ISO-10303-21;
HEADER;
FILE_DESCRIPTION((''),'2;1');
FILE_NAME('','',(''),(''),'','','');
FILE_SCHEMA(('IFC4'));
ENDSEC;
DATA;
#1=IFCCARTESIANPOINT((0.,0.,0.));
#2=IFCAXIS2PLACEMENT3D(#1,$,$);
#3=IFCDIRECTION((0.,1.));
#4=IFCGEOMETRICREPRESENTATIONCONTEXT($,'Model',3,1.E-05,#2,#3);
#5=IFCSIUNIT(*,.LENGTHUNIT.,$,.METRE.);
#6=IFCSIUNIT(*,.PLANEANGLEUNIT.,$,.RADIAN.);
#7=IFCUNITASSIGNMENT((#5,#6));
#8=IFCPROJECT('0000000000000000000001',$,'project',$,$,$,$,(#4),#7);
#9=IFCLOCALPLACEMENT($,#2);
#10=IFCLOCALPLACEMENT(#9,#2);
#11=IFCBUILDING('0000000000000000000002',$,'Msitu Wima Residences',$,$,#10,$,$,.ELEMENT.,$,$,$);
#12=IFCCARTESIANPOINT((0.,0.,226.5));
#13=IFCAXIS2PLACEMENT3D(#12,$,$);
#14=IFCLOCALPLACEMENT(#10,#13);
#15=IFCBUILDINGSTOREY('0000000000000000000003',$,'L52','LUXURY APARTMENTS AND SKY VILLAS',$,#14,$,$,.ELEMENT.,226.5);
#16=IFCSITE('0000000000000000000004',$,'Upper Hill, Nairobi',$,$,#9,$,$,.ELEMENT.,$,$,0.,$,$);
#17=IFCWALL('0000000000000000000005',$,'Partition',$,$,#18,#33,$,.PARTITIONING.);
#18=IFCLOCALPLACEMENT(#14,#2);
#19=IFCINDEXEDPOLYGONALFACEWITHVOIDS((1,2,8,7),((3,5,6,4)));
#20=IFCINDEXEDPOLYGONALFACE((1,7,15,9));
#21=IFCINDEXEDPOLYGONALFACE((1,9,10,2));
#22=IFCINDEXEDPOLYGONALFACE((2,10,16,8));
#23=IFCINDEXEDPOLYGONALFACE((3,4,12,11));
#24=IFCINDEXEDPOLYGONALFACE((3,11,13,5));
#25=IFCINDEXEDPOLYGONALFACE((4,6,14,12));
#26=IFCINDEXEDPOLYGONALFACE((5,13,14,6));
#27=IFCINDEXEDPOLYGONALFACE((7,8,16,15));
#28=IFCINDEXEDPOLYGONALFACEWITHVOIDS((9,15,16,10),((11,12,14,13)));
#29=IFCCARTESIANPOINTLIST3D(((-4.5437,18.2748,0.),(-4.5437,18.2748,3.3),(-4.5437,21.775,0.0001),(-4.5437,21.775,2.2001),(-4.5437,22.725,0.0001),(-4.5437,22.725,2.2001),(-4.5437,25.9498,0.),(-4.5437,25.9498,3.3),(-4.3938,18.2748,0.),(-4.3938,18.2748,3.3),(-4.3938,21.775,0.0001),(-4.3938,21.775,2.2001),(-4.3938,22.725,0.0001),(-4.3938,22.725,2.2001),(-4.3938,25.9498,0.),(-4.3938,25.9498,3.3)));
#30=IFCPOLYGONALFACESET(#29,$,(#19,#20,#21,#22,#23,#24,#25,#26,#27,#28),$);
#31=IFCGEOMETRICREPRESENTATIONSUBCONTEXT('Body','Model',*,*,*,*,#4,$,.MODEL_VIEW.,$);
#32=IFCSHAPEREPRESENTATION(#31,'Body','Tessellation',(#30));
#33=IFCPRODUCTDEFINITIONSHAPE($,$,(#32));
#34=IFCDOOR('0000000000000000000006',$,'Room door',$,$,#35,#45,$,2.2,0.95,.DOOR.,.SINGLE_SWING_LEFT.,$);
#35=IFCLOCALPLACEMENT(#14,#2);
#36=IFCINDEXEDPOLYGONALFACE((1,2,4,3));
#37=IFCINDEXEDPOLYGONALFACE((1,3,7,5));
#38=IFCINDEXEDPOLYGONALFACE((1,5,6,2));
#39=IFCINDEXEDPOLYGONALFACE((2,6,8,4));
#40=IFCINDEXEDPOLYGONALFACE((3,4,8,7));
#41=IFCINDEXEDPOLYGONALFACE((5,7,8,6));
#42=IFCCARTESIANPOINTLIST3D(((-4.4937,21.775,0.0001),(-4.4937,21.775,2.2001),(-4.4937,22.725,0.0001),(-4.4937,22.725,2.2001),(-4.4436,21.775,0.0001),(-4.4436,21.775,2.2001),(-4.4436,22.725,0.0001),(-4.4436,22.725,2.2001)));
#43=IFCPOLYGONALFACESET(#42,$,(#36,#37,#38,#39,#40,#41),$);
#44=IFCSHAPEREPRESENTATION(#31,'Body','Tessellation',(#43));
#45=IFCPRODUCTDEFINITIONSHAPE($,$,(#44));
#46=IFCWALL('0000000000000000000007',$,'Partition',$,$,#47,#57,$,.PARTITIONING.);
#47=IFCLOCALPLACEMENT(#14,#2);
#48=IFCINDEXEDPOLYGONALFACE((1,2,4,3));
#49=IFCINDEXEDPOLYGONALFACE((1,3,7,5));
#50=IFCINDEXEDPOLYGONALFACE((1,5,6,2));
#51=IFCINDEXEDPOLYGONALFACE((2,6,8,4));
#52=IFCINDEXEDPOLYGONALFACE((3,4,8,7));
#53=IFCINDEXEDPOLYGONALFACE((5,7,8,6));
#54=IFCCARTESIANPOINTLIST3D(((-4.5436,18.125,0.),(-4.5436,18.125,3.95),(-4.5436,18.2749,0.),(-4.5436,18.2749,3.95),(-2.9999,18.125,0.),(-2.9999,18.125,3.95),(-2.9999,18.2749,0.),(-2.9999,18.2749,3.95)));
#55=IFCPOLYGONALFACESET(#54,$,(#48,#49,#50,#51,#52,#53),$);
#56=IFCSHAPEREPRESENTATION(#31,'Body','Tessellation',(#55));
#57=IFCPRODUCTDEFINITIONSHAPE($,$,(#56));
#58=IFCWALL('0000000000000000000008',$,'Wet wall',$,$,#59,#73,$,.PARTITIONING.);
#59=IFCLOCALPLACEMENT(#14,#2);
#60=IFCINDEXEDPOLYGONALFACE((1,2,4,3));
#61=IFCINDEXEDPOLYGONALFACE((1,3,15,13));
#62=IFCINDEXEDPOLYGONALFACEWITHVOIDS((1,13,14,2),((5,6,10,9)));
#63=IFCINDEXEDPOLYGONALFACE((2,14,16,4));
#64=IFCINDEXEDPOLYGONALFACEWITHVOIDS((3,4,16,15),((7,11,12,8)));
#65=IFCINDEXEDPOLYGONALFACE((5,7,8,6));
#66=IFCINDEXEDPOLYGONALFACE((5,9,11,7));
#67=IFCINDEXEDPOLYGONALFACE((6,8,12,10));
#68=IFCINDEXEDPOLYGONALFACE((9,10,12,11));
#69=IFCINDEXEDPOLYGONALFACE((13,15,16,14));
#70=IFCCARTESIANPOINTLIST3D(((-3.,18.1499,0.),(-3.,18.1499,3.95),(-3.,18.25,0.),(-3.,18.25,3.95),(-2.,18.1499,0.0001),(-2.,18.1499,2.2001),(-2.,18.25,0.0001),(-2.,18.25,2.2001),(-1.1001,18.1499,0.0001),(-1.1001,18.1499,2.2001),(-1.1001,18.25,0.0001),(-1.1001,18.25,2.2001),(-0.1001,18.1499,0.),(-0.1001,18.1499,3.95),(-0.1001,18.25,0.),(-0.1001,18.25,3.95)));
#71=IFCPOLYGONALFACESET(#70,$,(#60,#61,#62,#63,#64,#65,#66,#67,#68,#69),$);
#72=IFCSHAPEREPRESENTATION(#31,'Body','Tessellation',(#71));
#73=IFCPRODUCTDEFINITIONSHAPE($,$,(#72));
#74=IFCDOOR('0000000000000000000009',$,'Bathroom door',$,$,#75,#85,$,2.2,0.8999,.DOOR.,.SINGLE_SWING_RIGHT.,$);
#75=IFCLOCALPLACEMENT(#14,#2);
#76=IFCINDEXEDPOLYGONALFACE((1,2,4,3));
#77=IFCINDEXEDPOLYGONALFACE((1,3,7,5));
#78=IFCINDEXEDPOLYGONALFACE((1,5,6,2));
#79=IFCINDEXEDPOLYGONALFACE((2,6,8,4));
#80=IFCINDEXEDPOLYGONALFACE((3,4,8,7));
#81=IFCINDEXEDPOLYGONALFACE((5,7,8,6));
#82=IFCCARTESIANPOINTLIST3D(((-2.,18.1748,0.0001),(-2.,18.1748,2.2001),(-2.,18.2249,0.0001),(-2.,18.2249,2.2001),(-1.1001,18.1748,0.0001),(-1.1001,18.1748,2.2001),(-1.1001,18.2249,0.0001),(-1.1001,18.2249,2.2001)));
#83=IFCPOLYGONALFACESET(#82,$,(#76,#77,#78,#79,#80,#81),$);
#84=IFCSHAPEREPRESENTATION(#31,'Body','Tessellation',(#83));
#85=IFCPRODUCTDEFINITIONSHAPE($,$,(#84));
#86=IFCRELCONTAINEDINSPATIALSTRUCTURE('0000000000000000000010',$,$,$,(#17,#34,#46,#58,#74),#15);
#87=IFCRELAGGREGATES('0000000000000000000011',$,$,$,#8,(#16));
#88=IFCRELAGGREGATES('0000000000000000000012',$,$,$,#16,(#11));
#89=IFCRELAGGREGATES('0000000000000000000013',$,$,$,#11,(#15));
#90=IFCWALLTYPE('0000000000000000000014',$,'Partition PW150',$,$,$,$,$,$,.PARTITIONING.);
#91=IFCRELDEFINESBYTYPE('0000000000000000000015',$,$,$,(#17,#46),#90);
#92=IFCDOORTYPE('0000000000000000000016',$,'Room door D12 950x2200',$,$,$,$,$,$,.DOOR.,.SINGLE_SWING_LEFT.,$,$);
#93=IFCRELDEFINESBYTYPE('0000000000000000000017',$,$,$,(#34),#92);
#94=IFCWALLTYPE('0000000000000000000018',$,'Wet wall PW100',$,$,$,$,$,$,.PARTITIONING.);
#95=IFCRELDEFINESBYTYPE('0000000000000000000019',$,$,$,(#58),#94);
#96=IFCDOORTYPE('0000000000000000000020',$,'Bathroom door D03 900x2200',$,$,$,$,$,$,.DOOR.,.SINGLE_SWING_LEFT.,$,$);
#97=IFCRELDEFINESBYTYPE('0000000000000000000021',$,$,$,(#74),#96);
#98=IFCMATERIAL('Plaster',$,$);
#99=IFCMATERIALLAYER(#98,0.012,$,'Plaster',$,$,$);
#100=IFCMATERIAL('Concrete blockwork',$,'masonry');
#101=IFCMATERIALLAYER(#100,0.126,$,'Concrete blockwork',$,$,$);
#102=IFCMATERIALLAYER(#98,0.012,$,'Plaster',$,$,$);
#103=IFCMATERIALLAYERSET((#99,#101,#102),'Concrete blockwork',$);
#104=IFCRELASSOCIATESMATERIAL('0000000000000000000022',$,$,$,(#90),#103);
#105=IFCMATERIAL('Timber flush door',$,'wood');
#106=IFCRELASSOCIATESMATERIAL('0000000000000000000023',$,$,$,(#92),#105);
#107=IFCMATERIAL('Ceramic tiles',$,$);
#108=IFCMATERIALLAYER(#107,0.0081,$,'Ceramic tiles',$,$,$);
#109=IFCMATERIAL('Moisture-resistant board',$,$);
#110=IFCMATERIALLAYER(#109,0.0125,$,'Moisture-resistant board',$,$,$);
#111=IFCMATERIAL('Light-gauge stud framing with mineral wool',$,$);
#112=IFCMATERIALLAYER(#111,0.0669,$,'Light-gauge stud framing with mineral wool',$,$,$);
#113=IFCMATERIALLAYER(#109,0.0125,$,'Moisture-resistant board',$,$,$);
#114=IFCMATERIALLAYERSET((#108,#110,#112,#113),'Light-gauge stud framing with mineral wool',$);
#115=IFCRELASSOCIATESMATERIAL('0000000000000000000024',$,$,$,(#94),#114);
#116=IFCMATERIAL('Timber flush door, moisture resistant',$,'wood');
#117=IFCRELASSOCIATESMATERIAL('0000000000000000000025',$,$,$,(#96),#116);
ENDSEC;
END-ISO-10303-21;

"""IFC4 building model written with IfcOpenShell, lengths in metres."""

from ifc_helpers import new_model, si_unit, direction, frame, frame_2d, origin, place, context, subcontext, project, spatial, rectangle, extrude, material, layer, layer_set, type_object, element, fill, save


model = new_model("IFC4")

# Units and contexts
model_context = context("Model", 3, precision=1e-05, world=origin(), true_north=direction((0.0, 1.0)))
body_context = subcontext(model_context, "Body", "Model", "MODEL_VIEW")
ifc_project = project(units=[si_unit("LENGTHUNIT", "METRE"), si_unit("PLANEANGLEUNIT", "RADIAN")], contexts=[model_context])

# Site, building, storey
site_placement = place(None, origin())
site = spatial("IfcSite", under=ifc_project, at=site_placement, Name="Upper Hill, Nairobi", CompositionType="ELEMENT", RefElevation=0.0)
building_placement = place(site_placement, origin())
building = spatial("IfcBuilding", under=site, at=building_placement, Name="Msitu Wima Residences", CompositionType="ELEMENT")
storey_placement = place(building_placement, frame((0.0, 0.0, 226.5)))
storey = spatial("IfcBuildingStorey", under=building, at=storey_placement, Name="L52", Description="LUXURY APARTMENTS AND SKY VILLAS", CompositionType="ELEMENT", Elevation=226.5)

# Shared definitions
ifc_material_1 = material(Name="Plaster")
ifc_material_2 = material(Name="Concrete blockwork", Category="masonry")

# Shared definitions
ifc_layer_1 = layer(ifc_material_1, 0.012, Name="Plaster")
ifc_layer_2 = layer(ifc_material_2, 0.126, Name="Concrete blockwork")
ifc_layer_3 = layer(ifc_material_1, 0.012, Name="Plaster")
ifc_layer_set_1 = layer_set([ifc_layer_1, ifc_layer_2, ifc_layer_3], Name="Concrete blockwork")
wall_type_1 = type_object("IfcWallType", Name="Partition PW150", PredefinedType="PARTITIONING", material=ifc_layer_set_1)

# Shared definitions
ifc_material_3 = material(Name="Timber flush door", Category="wood")
door_type_1 = type_object("IfcDoorType", Name="Room door D12 950x2200", OperationType="SINGLE_SWING_LEFT", PredefinedType="DOOR", material=ifc_material_3)

# Wall, opening, door
wall_1_placement = place(storey_placement, frame((-4.4688, 18.2749, 0.0), z_axis=(0.0, 0.0, 1.0), x_axis=(0.0, 1.0, 0.0)))
wall_1 = element("IfcWall", 1, at=wall_1_placement, inside=storey, type_object=wall_type_1, Name="Partition", PredefinedType="PARTITIONING", context=body_context, shape_type="SweptSolid", body=[
    extrude(rectangle(XDim=7.675, YDim=0.1499, at=frame_2d((3.8374, 0.0))), origin(), (0.0, 0.0, 1.0), 3.3),
])
opening_1_placement = place(wall_1_placement, frame((3.5, 0.0, 0.0)))
opening_1 = element("IfcOpeningElement", 2, at=opening_1_placement, cuts=wall_1, PredefinedType="OPENING", context=body_context, shape_type="SweptSolid", body=[
    extrude(rectangle(XDim=0.95, YDim=2.2, at=frame_2d((0.4751, 1.1001))), frame((0.0, 0.085, 0.0), z_axis=(0.0, -1.0, 0.0), x_axis=(1.0, 0.0, 0.0)), (0.0, 0.0, 1.0), 0.1699),
])
door_1_placement = place(opening_1_placement, origin())
door_1 = element("IfcDoor", 3, at=door_1_placement, inside=storey, type_object=door_type_1, Name="Room door", OperationType="SINGLE_SWING_LEFT", OverallHeight=2.2, OverallWidth=0.95, PredefinedType="DOOR", context=body_context, shape_type="SweptSolid", body=[
    extrude(rectangle(XDim=0.95, YDim=2.2, at=frame_2d((0.4751, 1.1001))), frame((0.0, 0.0249, 0.0), z_axis=(0.0, -1.0, 0.0), x_axis=(1.0, 0.0, 0.0)), (0.0, 0.0, 1.0), 0.05),
])
fill(opening_1, door_1)

# Wall
wall_2_placement = place(storey_placement, frame((-4.5437, 18.2, 0.0), z_axis=(0.0, 0.0, 1.0), x_axis=(1.0, 0.0, 0.0)))
element("IfcWall", 4, at=wall_2_placement, inside=storey, type_object=wall_type_1, Name="Partition", PredefinedType="PARTITIONING", context=body_context, shape_type="SweptSolid", body=[
    extrude(rectangle(XDim=1.5437, YDim=0.1499, at=frame_2d((0.772, 0.0))), origin(), (0.0, 0.0, 1.0), 3.95),
])

# Wall, opening, door
ifc_material_4 = material(Name="Ceramic tiles")
ifc_layer_4 = layer(ifc_material_4, 0.0081, Name="Ceramic tiles")
ifc_material_5 = material(Name="Moisture-resistant board")
ifc_layer_5 = layer(ifc_material_5, 0.0125, Name="Moisture-resistant board")
ifc_material_6 = material(Name="Light-gauge stud framing with mineral wool")
ifc_layer_6 = layer(ifc_material_6, 0.0669, Name="Light-gauge stud framing with mineral wool")
ifc_layer_7 = layer(ifc_material_5, 0.0125, Name="Moisture-resistant board")
ifc_layer_set_2 = layer_set([ifc_layer_4, ifc_layer_5, ifc_layer_6, ifc_layer_7], Name="Light-gauge stud framing with mineral wool")
wall_type_2 = type_object("IfcWallType", Name="Wet wall PW100", PredefinedType="PARTITIONING", material=ifc_layer_set_2)
wall_3_placement = place(storey_placement, frame((-3.0, 18.2, 0.0), z_axis=(0.0, 0.0, 1.0), x_axis=(1.0, 0.0, 0.0)))
wall_3 = element("IfcWall", 5, at=wall_3_placement, inside=storey, type_object=wall_type_2, Name="Wet wall", PredefinedType="PARTITIONING", context=body_context, shape_type="SweptSolid", body=[
    extrude(rectangle(XDim=2.8999, YDim=0.1001, at=frame_2d((1.45, 0.0))), origin(), (0.0, 0.0, 1.0), 3.95),
])
opening_2_placement = place(wall_3_placement, frame((1.0, 0.0, 0.0)))
opening_2 = element("IfcOpeningElement", 6, at=opening_2_placement, cuts=wall_3, PredefinedType="OPENING", context=body_context, shape_type="SweptSolid", body=[
    extrude(rectangle(XDim=0.8999, YDim=2.2, at=frame_2d((0.45, 1.1001))), frame((0.0, 0.0601, 0.0), z_axis=(0.0, -1.0, 0.0), x_axis=(1.0, 0.0, 0.0)), (0.0, 0.0, 1.0), 0.1201),
])
ifc_material_7 = material(Name="Timber flush door, moisture resistant", Category="wood")
door_type_2 = type_object("IfcDoorType", Name="Bathroom door D03 900x2200", OperationType="SINGLE_SWING_LEFT", PredefinedType="DOOR", material=ifc_material_7)
door_2_placement = place(opening_2_placement, origin())
door_2 = element("IfcDoor", 7, at=door_2_placement, inside=storey, type_object=door_type_2, Name="Bathroom door", OperationType="SINGLE_SWING_RIGHT", OverallHeight=2.2, OverallWidth=0.8999, PredefinedType="DOOR", context=body_context, shape_type="SweptSolid", body=[
    extrude(rectangle(XDim=0.8999, YDim=2.2, at=frame_2d((0.45, 1.1001))), frame((0.0, 0.0249, 0.0), z_axis=(0.0, -1.0, 0.0), x_axis=(1.0, 0.0, 0.0)), (0.0, 0.0, 1.0), 0.05),
])
fill(opening_2, door_2)

save(model, "model.ifc")
